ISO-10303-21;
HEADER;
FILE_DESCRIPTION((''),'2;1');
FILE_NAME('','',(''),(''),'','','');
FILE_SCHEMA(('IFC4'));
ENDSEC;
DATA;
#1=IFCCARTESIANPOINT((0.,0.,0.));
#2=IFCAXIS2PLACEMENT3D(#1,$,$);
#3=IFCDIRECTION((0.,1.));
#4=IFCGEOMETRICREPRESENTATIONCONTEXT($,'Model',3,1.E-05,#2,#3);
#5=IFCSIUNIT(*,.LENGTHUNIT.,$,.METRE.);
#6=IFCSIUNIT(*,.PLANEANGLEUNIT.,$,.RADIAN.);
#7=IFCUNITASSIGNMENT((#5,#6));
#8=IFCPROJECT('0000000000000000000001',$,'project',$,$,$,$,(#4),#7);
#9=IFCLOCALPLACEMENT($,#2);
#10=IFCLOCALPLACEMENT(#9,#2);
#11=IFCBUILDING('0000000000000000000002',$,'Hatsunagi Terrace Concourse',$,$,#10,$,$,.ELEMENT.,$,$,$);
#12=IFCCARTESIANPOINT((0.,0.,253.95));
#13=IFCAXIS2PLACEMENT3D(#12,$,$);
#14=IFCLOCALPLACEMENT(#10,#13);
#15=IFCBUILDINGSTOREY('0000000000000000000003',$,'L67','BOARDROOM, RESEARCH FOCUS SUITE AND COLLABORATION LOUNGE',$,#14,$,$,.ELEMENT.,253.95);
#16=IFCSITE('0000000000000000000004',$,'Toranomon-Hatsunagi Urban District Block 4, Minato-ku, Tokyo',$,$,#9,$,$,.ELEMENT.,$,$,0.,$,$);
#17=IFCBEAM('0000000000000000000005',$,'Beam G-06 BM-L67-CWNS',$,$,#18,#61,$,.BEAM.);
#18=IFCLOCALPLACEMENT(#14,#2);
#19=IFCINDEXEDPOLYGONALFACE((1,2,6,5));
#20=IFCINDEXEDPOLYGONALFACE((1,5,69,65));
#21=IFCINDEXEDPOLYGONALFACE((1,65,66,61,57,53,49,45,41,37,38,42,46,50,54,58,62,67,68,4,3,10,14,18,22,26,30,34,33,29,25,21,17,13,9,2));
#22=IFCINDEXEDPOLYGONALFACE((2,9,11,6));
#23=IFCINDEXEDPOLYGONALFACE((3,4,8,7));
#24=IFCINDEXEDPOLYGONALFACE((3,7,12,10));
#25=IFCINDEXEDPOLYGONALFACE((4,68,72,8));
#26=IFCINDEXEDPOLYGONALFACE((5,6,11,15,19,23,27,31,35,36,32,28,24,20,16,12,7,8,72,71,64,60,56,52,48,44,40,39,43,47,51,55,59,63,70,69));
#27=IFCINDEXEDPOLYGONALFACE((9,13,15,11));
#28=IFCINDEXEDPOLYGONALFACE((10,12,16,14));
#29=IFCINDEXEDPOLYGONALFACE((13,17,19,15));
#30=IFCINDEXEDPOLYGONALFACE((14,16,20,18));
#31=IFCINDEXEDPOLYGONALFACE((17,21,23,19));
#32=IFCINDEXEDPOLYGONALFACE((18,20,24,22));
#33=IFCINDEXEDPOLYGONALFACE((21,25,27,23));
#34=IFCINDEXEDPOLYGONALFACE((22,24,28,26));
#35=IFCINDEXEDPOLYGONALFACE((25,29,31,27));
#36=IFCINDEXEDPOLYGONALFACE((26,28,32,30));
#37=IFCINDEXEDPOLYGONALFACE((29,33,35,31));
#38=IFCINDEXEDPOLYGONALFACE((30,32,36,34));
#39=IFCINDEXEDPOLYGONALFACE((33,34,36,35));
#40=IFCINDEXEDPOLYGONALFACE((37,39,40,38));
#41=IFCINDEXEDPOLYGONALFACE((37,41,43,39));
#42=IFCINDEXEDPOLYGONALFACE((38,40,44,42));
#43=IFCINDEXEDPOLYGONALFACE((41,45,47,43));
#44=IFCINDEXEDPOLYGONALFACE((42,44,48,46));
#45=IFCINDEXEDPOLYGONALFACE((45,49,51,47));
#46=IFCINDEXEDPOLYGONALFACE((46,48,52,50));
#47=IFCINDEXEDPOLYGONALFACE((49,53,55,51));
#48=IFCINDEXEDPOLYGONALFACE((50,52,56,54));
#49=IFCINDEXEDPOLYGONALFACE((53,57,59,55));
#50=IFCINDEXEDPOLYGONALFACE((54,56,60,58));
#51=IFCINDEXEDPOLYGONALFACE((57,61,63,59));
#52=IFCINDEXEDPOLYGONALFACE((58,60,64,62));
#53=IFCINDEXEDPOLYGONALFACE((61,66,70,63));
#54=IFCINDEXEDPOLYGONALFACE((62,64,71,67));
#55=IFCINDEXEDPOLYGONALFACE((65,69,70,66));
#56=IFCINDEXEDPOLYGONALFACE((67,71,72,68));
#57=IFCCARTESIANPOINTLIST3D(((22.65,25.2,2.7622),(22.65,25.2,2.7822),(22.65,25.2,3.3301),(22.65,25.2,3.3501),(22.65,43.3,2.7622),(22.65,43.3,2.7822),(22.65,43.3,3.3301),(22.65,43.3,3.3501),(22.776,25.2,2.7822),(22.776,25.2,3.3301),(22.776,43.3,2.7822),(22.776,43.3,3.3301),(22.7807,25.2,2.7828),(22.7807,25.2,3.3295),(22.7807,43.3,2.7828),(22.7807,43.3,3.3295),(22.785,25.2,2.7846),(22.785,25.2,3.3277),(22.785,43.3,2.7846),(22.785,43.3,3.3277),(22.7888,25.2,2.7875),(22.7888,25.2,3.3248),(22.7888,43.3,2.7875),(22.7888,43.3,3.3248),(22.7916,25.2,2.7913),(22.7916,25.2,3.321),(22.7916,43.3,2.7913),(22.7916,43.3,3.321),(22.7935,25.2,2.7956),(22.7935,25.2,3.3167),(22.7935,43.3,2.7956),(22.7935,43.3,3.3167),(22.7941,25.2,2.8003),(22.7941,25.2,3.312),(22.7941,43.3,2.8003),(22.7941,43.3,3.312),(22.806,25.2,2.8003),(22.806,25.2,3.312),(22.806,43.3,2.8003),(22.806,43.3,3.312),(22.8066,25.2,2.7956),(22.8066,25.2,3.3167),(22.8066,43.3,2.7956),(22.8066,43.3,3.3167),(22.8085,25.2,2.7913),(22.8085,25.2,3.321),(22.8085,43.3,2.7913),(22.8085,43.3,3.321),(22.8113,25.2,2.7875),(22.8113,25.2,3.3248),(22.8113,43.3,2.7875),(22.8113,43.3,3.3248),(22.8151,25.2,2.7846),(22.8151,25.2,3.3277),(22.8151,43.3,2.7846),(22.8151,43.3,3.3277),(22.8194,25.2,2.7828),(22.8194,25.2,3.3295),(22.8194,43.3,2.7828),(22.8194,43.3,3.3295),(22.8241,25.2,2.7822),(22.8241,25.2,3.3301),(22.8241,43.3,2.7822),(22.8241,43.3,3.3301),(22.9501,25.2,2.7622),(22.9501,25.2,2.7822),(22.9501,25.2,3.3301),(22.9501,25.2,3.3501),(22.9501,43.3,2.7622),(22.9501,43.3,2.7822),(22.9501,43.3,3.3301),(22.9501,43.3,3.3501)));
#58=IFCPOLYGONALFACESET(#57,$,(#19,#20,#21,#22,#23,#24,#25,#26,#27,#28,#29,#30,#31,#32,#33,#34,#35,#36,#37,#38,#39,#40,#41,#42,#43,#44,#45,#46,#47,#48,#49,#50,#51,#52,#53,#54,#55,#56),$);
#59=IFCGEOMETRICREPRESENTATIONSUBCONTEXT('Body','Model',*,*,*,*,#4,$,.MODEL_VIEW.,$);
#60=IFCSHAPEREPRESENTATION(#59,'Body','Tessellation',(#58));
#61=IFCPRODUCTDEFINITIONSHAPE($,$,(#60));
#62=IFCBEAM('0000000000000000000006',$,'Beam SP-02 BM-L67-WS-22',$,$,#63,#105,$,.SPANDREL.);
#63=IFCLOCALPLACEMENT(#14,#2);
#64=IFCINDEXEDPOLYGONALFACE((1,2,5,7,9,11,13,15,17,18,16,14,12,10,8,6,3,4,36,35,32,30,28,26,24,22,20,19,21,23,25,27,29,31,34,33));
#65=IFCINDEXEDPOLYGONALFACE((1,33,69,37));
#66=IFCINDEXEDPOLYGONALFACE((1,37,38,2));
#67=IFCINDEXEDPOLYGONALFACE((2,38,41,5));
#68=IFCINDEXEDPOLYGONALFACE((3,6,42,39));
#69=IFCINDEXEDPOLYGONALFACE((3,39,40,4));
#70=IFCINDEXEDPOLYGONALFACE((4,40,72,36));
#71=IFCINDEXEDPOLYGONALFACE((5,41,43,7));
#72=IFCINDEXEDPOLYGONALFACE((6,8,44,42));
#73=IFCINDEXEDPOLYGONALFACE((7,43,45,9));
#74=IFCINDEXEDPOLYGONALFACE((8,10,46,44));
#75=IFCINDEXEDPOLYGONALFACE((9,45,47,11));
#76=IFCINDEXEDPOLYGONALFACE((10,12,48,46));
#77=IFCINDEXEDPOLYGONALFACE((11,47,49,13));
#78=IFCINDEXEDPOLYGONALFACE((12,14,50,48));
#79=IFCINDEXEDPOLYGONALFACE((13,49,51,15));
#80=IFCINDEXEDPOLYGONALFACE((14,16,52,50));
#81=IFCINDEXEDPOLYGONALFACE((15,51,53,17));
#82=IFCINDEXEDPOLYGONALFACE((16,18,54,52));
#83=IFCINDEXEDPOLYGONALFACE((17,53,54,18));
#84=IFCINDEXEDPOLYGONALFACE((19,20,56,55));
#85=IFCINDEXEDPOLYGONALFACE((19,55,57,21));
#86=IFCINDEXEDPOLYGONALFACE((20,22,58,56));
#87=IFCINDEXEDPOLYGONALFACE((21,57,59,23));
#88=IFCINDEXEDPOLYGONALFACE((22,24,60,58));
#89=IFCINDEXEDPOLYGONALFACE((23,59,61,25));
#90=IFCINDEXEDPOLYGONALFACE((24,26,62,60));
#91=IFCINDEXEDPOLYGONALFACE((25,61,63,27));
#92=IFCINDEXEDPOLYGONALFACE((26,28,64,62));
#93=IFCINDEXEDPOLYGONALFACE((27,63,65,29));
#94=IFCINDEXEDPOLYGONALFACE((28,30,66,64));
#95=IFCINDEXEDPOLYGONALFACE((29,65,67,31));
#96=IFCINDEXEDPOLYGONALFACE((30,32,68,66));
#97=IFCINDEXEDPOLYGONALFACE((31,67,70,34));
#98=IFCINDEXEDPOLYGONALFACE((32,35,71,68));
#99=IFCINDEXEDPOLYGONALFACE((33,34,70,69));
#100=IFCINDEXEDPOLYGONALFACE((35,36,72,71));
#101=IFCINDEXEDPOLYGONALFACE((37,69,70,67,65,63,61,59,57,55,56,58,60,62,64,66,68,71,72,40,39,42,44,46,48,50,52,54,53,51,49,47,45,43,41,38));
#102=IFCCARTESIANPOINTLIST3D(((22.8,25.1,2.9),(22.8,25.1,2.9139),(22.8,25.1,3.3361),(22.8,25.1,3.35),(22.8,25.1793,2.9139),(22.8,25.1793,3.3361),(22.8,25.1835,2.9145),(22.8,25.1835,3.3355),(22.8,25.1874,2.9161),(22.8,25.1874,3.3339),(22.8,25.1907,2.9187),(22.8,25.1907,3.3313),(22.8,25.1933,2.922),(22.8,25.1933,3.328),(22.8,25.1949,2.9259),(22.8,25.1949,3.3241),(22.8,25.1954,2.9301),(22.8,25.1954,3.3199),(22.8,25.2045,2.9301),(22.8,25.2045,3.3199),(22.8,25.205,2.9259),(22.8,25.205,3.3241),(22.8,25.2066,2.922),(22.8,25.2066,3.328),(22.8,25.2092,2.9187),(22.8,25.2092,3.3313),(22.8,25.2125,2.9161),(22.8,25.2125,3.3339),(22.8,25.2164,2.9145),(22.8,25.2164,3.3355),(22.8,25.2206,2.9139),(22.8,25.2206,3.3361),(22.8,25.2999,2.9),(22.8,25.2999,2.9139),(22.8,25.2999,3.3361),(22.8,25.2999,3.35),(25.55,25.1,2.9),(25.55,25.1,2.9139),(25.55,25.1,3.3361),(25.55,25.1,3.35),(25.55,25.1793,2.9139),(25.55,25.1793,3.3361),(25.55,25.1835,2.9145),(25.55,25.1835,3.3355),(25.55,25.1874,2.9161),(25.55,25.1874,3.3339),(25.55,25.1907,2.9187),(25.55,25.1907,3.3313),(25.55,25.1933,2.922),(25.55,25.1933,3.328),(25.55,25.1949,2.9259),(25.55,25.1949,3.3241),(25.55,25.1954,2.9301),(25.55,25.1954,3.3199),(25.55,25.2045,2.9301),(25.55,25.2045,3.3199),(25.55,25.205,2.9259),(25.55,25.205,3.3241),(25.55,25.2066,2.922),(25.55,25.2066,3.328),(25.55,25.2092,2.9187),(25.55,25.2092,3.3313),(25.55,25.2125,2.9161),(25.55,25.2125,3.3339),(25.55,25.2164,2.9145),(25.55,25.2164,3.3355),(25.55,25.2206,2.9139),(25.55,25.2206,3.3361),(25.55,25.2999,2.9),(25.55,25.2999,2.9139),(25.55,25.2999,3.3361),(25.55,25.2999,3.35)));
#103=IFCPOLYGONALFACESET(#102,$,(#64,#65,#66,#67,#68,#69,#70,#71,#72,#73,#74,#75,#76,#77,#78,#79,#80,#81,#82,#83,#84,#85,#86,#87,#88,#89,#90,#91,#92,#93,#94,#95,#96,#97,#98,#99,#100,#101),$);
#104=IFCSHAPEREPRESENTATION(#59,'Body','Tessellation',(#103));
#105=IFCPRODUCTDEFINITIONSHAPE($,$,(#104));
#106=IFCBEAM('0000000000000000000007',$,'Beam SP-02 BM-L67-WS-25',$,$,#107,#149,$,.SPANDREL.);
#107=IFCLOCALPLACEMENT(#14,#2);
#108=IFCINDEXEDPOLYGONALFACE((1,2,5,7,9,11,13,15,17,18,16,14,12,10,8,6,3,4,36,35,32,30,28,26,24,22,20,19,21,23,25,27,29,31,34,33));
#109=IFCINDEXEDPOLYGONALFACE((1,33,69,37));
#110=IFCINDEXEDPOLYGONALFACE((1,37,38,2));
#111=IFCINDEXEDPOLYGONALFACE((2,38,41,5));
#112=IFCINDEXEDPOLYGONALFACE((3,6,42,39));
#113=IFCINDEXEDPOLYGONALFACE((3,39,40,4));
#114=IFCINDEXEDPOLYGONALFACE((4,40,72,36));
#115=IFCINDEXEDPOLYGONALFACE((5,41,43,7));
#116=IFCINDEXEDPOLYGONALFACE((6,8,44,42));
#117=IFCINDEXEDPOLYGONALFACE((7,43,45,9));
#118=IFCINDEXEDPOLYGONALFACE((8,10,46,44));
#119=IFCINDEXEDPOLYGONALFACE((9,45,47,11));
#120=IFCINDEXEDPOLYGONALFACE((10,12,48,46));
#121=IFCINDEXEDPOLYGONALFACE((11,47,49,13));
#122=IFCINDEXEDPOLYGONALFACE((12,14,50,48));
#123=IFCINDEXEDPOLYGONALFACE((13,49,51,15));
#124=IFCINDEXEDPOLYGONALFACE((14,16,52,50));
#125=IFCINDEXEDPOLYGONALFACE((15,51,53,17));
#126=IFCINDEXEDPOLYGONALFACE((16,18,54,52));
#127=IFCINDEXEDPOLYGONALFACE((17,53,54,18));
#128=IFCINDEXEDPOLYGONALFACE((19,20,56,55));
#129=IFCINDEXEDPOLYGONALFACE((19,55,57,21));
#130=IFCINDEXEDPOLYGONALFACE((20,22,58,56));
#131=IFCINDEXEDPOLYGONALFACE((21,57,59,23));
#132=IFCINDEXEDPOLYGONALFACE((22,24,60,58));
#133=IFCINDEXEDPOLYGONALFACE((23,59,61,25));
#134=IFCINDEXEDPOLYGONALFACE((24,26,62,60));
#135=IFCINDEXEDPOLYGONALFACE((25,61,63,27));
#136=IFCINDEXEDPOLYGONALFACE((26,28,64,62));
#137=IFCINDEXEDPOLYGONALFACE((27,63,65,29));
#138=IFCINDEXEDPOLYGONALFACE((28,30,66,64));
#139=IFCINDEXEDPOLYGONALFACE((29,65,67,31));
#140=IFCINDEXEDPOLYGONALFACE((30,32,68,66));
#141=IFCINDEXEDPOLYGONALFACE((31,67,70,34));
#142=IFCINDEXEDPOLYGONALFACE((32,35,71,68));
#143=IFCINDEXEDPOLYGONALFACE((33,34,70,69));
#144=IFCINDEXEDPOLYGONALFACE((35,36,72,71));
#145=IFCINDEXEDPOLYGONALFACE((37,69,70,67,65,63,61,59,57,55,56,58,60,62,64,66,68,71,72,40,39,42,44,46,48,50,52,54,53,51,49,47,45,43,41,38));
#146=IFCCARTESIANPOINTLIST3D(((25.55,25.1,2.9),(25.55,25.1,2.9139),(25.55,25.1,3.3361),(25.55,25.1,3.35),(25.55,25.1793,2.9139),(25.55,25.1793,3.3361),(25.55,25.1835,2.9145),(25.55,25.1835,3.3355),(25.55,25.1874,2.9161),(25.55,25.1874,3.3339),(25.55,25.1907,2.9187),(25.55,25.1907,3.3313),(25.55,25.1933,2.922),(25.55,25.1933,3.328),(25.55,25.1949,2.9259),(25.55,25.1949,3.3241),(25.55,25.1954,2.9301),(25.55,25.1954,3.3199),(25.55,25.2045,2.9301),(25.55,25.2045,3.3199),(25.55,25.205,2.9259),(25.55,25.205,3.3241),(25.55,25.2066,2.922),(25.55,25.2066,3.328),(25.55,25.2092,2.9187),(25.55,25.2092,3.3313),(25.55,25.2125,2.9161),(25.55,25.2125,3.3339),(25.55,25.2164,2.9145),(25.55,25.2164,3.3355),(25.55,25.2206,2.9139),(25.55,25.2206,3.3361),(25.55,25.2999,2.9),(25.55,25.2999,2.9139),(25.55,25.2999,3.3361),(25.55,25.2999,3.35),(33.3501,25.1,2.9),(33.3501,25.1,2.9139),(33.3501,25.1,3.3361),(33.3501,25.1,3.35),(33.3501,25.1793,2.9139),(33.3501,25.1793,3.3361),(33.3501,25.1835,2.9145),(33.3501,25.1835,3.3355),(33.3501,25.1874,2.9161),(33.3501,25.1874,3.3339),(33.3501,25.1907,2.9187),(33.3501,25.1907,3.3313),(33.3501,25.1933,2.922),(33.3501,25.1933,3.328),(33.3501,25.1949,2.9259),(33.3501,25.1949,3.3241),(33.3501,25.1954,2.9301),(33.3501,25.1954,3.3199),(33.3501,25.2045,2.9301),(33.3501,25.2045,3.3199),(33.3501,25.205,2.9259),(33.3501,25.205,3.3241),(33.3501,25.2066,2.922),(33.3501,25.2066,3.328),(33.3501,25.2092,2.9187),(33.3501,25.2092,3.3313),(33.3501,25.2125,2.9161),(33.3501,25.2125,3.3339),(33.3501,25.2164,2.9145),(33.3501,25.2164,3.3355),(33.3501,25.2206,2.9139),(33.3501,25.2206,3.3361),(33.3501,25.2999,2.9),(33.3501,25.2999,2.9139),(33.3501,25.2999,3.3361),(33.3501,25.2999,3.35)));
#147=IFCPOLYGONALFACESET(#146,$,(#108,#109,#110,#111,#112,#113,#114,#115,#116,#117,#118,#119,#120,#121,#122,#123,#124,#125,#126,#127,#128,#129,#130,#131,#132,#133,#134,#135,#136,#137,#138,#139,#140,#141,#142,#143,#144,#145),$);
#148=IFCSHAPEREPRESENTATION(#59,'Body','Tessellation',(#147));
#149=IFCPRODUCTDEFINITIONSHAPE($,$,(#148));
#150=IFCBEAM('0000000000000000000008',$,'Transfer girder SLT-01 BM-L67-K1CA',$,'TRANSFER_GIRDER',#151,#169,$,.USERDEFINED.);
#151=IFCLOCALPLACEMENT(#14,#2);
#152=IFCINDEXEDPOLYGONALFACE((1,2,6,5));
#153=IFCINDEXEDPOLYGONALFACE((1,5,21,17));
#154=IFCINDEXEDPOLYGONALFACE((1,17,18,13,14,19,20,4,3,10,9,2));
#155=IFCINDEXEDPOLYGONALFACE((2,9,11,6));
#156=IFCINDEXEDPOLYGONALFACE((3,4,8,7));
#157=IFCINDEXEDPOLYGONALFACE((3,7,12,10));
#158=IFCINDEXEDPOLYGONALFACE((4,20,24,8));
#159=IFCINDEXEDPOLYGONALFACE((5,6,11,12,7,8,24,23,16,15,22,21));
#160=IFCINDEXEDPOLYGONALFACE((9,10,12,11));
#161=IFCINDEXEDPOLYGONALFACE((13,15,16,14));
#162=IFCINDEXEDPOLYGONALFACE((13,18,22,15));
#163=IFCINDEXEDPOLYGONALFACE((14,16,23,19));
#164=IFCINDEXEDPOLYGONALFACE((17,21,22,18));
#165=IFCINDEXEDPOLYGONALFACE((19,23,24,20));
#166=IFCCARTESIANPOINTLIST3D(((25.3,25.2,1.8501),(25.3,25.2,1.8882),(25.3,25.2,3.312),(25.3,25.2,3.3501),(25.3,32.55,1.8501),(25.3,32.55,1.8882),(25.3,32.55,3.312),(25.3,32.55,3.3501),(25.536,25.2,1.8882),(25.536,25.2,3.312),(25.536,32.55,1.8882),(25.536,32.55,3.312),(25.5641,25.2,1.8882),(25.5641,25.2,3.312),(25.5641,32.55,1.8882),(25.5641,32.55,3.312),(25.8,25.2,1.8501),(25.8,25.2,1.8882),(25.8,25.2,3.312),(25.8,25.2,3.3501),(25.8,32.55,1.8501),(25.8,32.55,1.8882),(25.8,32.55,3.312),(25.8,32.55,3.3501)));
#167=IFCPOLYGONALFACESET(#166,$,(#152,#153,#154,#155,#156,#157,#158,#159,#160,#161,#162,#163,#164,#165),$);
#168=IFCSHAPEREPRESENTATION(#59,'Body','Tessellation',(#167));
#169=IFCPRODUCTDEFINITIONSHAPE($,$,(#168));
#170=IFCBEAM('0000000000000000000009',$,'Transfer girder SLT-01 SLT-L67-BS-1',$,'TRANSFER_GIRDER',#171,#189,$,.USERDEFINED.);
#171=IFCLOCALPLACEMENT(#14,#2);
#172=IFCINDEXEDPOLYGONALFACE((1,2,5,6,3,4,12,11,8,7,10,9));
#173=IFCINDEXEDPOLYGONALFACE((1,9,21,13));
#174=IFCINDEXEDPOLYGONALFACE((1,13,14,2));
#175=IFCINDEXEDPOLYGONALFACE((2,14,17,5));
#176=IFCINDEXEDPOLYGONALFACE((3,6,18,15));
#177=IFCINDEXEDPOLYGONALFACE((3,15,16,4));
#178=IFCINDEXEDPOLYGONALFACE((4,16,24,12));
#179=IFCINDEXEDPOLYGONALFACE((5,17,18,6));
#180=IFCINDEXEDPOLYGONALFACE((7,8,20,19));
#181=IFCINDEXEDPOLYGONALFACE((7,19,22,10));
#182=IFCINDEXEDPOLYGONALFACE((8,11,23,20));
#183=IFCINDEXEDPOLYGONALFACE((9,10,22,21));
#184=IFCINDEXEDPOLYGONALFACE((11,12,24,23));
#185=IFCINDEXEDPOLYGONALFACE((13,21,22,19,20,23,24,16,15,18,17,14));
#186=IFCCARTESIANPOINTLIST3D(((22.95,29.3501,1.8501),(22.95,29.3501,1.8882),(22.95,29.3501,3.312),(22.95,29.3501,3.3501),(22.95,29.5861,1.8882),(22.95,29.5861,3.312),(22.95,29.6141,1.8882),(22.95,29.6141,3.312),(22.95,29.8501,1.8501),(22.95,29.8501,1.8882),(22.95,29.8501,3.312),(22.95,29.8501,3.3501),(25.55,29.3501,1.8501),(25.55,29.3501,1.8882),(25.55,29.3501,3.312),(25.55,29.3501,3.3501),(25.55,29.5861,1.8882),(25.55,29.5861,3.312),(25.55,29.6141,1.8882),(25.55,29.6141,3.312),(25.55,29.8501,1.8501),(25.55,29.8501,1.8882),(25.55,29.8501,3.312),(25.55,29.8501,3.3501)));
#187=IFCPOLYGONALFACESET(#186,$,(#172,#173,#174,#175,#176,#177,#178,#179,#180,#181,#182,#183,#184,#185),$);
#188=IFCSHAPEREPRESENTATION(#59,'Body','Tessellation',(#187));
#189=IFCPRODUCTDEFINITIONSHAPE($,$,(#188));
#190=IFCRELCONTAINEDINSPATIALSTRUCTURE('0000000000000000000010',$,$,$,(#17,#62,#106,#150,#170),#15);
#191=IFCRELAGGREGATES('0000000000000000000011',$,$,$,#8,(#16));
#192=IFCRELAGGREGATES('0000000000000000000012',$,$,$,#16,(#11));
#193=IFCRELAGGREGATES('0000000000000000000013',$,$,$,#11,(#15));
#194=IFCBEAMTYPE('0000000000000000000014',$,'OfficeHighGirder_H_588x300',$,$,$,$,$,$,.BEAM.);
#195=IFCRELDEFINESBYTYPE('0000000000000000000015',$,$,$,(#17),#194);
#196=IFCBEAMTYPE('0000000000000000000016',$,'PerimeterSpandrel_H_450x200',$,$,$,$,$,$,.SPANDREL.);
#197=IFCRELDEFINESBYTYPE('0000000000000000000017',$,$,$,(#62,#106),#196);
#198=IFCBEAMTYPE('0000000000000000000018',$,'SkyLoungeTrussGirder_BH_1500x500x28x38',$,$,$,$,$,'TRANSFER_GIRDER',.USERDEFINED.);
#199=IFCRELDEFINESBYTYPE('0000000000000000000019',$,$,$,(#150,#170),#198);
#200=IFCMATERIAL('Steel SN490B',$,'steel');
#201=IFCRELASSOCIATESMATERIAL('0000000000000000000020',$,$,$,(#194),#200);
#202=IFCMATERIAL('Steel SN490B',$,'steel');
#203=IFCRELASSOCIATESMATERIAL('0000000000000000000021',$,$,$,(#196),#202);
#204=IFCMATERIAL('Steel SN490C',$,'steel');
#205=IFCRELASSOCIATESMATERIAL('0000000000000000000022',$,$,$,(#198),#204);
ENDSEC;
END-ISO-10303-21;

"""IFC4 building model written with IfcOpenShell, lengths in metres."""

from ifc_helpers import new_model, si_unit, direction, frame, origin, origin_2d, place, context, subcontext, project, spatial, i_section, extrude, material, material_profile, profile_set, type_object, element, save


model = new_model("IFC4")

# Units and contexts
model_context = context("Model", 3, precision=1e-05, world=origin(), true_north=direction((0.0, 1.0)))
body_context = subcontext(model_context, "Body", "Model", "MODEL_VIEW")
ifc_project = project(units=[si_unit("LENGTHUNIT", "METRE"), si_unit("PLANEANGLEUNIT", "RADIAN")], contexts=[model_context])

# Site, building, storey
site_placement = place(None, origin())
site = spatial("IfcSite", under=ifc_project, at=site_placement, Name="Toranomon-Hatsunagi Urban District Block 4, Minato-ku, Tokyo", CompositionType="ELEMENT", RefElevation=0.0)
building_placement = place(site_placement, origin())
building = spatial("IfcBuilding", under=site, at=building_placement, Name="Hatsunagi Terrace Concourse", CompositionType="ELEMENT")
storey_placement = place(building_placement, frame((0.0, 0.0, 253.95)))
storey = spatial("IfcBuildingStorey", under=building, at=storey_placement, Name="L67", Description="BOARDROOM, RESEARCH FOCUS SUITE AND COLLABORATION LOUNGE", CompositionType="ELEMENT", Elevation=253.95)

# Beams
ifc_material_1 = material(Name="Steel SN490B", Category="steel")
ifc_material_profile_1 = material_profile(ifc_material_1, i_section(OverallWidth=0.3, OverallDepth=0.5879, WebThickness=0.012, FlangeThickness=0.02, FilletRadius=0.0181, at=origin_2d()), Name="H-588x300x12x20")
ifc_profile_set_1 = profile_set([ifc_material_profile_1], Name="Steel SN490B")
beam_type_1 = type_object("IfcBeamType", Name="OfficeHighGirder_H_588x300", PredefinedType="BEAM", material=ifc_profile_set_1)
beam_1_placement = place(storey_placement, frame((22.8, 25.2, 3.0562), z_axis=(0.0, 1.0, 0.0), x_axis=(-1.0, 0.0, 0.0)))
element("IfcBeam", 1, at=beam_1_placement, inside=storey, type_object=beam_type_1, Name="Beam G-06 BM-L67-CWNS", PredefinedType="BEAM", context=body_context, shape_type="SweptSolid", body=[
    extrude(i_section(OverallWidth=0.3, OverallDepth=0.5879, WebThickness=0.012, FlangeThickness=0.02, FilletRadius=0.0181, at=origin_2d()), origin(), (0.0, 0.0, 1.0), 18.1001),
])
ifc_material_2 = material(Name="Steel SN490B", Category="steel")
ifc_material_profile_2 = material_profile(ifc_material_2, i_section(OverallWidth=0.2, OverallDepth=0.45, WebThickness=0.009, FlangeThickness=0.0139, FilletRadius=0.0161, at=origin_2d()), Name="H-450x200x9x14")
ifc_profile_set_2 = profile_set([ifc_material_profile_2], Name="Steel SN490B")
beam_type_2 = type_object("IfcBeamType", Name="PerimeterSpandrel_H_450x200", PredefinedType="SPANDREL", material=ifc_profile_set_2)
beam_2_placement = place(storey_placement, frame((22.8, 25.2, 3.125), z_axis=(1.0, 0.0, 0.0), x_axis=(0.0, 1.0, 0.0)))
element("IfcBeam", 2, at=beam_2_placement, inside=storey, type_object=beam_type_2, Name="Beam SP-02 BM-L67-WS-22", PredefinedType="SPANDREL", context=body_context, shape_type="SweptSolid", body=[
    extrude(i_section(OverallWidth=0.2, OverallDepth=0.45, WebThickness=0.009, FlangeThickness=0.0139, FilletRadius=0.0161, at=origin_2d()), origin(), (0.0, 0.0, 1.0), 2.75),
])
beam_3_placement = place(storey_placement, frame((25.55, 25.2, 3.125), z_axis=(1.0, 0.0, 0.0), x_axis=(0.0, 1.0, 0.0)))
element("IfcBeam", 3, at=beam_3_placement, inside=storey, type_object=beam_type_2, Name="Beam SP-02 BM-L67-WS-25", PredefinedType="SPANDREL", context=body_context, shape_type="SweptSolid", body=[
    extrude(i_section(OverallWidth=0.2, OverallDepth=0.45, WebThickness=0.009, FlangeThickness=0.0139, FilletRadius=0.0161, at=origin_2d()), origin(), (0.0, 0.0, 1.0), 7.8),
])
ifc_material_3 = material(Name="Steel SN490C", Category="steel")
ifc_material_profile_3 = material_profile(ifc_material_3, i_section(OverallWidth=0.5, OverallDepth=1.5, WebThickness=0.0281, FlangeThickness=0.0381, at=origin_2d()), Name="BH-1500x500x28x38")
ifc_profile_set_3 = profile_set([ifc_material_profile_3], Name="Steel SN490C")
beam_type_3 = type_object("IfcBeamType", Name="SkyLoungeTrussGirder_BH_1500x500x28x38", ElementType="TRANSFER_GIRDER", PredefinedType="USERDEFINED", material=ifc_profile_set_3)
beam_4_placement = place(storey_placement, frame((25.55, 25.2, 2.6001), z_axis=(0.0, 1.0, 0.0), x_axis=(-1.0, 0.0, 0.0)))
element("IfcBeam", 4, at=beam_4_placement, inside=storey, type_object=beam_type_3, Name="Transfer girder SLT-01 BM-L67-K1CA", ObjectType="TRANSFER_GIRDER", PredefinedType="USERDEFINED", context=body_context, shape_type="SweptSolid", body=[
    extrude(i_section(OverallWidth=0.5, OverallDepth=1.5, WebThickness=0.0281, FlangeThickness=0.0381, at=origin_2d()), origin(), (0.0, 0.0, 1.0), 7.3501),
])
beam_5_placement = place(storey_placement, frame((25.55, 29.6001, 2.6001), z_axis=(-1.0, 0.0, 0.0), x_axis=(0.0, -1.0, 0.0)))
element("IfcBeam", 5, at=beam_5_placement, inside=storey, type_object=beam_type_3, Name="Transfer girder SLT-01 SLT-L67-BS-1", ObjectType="TRANSFER_GIRDER", PredefinedType="USERDEFINED", context=body_context, shape_type="SweptSolid", body=[
    extrude(i_section(OverallWidth=0.5, OverallDepth=1.5, WebThickness=0.0281, FlangeThickness=0.0381, at=origin_2d()), origin(), (0.0, 0.0, 1.0), 2.6001),
])

save(model, "model.ifc")
